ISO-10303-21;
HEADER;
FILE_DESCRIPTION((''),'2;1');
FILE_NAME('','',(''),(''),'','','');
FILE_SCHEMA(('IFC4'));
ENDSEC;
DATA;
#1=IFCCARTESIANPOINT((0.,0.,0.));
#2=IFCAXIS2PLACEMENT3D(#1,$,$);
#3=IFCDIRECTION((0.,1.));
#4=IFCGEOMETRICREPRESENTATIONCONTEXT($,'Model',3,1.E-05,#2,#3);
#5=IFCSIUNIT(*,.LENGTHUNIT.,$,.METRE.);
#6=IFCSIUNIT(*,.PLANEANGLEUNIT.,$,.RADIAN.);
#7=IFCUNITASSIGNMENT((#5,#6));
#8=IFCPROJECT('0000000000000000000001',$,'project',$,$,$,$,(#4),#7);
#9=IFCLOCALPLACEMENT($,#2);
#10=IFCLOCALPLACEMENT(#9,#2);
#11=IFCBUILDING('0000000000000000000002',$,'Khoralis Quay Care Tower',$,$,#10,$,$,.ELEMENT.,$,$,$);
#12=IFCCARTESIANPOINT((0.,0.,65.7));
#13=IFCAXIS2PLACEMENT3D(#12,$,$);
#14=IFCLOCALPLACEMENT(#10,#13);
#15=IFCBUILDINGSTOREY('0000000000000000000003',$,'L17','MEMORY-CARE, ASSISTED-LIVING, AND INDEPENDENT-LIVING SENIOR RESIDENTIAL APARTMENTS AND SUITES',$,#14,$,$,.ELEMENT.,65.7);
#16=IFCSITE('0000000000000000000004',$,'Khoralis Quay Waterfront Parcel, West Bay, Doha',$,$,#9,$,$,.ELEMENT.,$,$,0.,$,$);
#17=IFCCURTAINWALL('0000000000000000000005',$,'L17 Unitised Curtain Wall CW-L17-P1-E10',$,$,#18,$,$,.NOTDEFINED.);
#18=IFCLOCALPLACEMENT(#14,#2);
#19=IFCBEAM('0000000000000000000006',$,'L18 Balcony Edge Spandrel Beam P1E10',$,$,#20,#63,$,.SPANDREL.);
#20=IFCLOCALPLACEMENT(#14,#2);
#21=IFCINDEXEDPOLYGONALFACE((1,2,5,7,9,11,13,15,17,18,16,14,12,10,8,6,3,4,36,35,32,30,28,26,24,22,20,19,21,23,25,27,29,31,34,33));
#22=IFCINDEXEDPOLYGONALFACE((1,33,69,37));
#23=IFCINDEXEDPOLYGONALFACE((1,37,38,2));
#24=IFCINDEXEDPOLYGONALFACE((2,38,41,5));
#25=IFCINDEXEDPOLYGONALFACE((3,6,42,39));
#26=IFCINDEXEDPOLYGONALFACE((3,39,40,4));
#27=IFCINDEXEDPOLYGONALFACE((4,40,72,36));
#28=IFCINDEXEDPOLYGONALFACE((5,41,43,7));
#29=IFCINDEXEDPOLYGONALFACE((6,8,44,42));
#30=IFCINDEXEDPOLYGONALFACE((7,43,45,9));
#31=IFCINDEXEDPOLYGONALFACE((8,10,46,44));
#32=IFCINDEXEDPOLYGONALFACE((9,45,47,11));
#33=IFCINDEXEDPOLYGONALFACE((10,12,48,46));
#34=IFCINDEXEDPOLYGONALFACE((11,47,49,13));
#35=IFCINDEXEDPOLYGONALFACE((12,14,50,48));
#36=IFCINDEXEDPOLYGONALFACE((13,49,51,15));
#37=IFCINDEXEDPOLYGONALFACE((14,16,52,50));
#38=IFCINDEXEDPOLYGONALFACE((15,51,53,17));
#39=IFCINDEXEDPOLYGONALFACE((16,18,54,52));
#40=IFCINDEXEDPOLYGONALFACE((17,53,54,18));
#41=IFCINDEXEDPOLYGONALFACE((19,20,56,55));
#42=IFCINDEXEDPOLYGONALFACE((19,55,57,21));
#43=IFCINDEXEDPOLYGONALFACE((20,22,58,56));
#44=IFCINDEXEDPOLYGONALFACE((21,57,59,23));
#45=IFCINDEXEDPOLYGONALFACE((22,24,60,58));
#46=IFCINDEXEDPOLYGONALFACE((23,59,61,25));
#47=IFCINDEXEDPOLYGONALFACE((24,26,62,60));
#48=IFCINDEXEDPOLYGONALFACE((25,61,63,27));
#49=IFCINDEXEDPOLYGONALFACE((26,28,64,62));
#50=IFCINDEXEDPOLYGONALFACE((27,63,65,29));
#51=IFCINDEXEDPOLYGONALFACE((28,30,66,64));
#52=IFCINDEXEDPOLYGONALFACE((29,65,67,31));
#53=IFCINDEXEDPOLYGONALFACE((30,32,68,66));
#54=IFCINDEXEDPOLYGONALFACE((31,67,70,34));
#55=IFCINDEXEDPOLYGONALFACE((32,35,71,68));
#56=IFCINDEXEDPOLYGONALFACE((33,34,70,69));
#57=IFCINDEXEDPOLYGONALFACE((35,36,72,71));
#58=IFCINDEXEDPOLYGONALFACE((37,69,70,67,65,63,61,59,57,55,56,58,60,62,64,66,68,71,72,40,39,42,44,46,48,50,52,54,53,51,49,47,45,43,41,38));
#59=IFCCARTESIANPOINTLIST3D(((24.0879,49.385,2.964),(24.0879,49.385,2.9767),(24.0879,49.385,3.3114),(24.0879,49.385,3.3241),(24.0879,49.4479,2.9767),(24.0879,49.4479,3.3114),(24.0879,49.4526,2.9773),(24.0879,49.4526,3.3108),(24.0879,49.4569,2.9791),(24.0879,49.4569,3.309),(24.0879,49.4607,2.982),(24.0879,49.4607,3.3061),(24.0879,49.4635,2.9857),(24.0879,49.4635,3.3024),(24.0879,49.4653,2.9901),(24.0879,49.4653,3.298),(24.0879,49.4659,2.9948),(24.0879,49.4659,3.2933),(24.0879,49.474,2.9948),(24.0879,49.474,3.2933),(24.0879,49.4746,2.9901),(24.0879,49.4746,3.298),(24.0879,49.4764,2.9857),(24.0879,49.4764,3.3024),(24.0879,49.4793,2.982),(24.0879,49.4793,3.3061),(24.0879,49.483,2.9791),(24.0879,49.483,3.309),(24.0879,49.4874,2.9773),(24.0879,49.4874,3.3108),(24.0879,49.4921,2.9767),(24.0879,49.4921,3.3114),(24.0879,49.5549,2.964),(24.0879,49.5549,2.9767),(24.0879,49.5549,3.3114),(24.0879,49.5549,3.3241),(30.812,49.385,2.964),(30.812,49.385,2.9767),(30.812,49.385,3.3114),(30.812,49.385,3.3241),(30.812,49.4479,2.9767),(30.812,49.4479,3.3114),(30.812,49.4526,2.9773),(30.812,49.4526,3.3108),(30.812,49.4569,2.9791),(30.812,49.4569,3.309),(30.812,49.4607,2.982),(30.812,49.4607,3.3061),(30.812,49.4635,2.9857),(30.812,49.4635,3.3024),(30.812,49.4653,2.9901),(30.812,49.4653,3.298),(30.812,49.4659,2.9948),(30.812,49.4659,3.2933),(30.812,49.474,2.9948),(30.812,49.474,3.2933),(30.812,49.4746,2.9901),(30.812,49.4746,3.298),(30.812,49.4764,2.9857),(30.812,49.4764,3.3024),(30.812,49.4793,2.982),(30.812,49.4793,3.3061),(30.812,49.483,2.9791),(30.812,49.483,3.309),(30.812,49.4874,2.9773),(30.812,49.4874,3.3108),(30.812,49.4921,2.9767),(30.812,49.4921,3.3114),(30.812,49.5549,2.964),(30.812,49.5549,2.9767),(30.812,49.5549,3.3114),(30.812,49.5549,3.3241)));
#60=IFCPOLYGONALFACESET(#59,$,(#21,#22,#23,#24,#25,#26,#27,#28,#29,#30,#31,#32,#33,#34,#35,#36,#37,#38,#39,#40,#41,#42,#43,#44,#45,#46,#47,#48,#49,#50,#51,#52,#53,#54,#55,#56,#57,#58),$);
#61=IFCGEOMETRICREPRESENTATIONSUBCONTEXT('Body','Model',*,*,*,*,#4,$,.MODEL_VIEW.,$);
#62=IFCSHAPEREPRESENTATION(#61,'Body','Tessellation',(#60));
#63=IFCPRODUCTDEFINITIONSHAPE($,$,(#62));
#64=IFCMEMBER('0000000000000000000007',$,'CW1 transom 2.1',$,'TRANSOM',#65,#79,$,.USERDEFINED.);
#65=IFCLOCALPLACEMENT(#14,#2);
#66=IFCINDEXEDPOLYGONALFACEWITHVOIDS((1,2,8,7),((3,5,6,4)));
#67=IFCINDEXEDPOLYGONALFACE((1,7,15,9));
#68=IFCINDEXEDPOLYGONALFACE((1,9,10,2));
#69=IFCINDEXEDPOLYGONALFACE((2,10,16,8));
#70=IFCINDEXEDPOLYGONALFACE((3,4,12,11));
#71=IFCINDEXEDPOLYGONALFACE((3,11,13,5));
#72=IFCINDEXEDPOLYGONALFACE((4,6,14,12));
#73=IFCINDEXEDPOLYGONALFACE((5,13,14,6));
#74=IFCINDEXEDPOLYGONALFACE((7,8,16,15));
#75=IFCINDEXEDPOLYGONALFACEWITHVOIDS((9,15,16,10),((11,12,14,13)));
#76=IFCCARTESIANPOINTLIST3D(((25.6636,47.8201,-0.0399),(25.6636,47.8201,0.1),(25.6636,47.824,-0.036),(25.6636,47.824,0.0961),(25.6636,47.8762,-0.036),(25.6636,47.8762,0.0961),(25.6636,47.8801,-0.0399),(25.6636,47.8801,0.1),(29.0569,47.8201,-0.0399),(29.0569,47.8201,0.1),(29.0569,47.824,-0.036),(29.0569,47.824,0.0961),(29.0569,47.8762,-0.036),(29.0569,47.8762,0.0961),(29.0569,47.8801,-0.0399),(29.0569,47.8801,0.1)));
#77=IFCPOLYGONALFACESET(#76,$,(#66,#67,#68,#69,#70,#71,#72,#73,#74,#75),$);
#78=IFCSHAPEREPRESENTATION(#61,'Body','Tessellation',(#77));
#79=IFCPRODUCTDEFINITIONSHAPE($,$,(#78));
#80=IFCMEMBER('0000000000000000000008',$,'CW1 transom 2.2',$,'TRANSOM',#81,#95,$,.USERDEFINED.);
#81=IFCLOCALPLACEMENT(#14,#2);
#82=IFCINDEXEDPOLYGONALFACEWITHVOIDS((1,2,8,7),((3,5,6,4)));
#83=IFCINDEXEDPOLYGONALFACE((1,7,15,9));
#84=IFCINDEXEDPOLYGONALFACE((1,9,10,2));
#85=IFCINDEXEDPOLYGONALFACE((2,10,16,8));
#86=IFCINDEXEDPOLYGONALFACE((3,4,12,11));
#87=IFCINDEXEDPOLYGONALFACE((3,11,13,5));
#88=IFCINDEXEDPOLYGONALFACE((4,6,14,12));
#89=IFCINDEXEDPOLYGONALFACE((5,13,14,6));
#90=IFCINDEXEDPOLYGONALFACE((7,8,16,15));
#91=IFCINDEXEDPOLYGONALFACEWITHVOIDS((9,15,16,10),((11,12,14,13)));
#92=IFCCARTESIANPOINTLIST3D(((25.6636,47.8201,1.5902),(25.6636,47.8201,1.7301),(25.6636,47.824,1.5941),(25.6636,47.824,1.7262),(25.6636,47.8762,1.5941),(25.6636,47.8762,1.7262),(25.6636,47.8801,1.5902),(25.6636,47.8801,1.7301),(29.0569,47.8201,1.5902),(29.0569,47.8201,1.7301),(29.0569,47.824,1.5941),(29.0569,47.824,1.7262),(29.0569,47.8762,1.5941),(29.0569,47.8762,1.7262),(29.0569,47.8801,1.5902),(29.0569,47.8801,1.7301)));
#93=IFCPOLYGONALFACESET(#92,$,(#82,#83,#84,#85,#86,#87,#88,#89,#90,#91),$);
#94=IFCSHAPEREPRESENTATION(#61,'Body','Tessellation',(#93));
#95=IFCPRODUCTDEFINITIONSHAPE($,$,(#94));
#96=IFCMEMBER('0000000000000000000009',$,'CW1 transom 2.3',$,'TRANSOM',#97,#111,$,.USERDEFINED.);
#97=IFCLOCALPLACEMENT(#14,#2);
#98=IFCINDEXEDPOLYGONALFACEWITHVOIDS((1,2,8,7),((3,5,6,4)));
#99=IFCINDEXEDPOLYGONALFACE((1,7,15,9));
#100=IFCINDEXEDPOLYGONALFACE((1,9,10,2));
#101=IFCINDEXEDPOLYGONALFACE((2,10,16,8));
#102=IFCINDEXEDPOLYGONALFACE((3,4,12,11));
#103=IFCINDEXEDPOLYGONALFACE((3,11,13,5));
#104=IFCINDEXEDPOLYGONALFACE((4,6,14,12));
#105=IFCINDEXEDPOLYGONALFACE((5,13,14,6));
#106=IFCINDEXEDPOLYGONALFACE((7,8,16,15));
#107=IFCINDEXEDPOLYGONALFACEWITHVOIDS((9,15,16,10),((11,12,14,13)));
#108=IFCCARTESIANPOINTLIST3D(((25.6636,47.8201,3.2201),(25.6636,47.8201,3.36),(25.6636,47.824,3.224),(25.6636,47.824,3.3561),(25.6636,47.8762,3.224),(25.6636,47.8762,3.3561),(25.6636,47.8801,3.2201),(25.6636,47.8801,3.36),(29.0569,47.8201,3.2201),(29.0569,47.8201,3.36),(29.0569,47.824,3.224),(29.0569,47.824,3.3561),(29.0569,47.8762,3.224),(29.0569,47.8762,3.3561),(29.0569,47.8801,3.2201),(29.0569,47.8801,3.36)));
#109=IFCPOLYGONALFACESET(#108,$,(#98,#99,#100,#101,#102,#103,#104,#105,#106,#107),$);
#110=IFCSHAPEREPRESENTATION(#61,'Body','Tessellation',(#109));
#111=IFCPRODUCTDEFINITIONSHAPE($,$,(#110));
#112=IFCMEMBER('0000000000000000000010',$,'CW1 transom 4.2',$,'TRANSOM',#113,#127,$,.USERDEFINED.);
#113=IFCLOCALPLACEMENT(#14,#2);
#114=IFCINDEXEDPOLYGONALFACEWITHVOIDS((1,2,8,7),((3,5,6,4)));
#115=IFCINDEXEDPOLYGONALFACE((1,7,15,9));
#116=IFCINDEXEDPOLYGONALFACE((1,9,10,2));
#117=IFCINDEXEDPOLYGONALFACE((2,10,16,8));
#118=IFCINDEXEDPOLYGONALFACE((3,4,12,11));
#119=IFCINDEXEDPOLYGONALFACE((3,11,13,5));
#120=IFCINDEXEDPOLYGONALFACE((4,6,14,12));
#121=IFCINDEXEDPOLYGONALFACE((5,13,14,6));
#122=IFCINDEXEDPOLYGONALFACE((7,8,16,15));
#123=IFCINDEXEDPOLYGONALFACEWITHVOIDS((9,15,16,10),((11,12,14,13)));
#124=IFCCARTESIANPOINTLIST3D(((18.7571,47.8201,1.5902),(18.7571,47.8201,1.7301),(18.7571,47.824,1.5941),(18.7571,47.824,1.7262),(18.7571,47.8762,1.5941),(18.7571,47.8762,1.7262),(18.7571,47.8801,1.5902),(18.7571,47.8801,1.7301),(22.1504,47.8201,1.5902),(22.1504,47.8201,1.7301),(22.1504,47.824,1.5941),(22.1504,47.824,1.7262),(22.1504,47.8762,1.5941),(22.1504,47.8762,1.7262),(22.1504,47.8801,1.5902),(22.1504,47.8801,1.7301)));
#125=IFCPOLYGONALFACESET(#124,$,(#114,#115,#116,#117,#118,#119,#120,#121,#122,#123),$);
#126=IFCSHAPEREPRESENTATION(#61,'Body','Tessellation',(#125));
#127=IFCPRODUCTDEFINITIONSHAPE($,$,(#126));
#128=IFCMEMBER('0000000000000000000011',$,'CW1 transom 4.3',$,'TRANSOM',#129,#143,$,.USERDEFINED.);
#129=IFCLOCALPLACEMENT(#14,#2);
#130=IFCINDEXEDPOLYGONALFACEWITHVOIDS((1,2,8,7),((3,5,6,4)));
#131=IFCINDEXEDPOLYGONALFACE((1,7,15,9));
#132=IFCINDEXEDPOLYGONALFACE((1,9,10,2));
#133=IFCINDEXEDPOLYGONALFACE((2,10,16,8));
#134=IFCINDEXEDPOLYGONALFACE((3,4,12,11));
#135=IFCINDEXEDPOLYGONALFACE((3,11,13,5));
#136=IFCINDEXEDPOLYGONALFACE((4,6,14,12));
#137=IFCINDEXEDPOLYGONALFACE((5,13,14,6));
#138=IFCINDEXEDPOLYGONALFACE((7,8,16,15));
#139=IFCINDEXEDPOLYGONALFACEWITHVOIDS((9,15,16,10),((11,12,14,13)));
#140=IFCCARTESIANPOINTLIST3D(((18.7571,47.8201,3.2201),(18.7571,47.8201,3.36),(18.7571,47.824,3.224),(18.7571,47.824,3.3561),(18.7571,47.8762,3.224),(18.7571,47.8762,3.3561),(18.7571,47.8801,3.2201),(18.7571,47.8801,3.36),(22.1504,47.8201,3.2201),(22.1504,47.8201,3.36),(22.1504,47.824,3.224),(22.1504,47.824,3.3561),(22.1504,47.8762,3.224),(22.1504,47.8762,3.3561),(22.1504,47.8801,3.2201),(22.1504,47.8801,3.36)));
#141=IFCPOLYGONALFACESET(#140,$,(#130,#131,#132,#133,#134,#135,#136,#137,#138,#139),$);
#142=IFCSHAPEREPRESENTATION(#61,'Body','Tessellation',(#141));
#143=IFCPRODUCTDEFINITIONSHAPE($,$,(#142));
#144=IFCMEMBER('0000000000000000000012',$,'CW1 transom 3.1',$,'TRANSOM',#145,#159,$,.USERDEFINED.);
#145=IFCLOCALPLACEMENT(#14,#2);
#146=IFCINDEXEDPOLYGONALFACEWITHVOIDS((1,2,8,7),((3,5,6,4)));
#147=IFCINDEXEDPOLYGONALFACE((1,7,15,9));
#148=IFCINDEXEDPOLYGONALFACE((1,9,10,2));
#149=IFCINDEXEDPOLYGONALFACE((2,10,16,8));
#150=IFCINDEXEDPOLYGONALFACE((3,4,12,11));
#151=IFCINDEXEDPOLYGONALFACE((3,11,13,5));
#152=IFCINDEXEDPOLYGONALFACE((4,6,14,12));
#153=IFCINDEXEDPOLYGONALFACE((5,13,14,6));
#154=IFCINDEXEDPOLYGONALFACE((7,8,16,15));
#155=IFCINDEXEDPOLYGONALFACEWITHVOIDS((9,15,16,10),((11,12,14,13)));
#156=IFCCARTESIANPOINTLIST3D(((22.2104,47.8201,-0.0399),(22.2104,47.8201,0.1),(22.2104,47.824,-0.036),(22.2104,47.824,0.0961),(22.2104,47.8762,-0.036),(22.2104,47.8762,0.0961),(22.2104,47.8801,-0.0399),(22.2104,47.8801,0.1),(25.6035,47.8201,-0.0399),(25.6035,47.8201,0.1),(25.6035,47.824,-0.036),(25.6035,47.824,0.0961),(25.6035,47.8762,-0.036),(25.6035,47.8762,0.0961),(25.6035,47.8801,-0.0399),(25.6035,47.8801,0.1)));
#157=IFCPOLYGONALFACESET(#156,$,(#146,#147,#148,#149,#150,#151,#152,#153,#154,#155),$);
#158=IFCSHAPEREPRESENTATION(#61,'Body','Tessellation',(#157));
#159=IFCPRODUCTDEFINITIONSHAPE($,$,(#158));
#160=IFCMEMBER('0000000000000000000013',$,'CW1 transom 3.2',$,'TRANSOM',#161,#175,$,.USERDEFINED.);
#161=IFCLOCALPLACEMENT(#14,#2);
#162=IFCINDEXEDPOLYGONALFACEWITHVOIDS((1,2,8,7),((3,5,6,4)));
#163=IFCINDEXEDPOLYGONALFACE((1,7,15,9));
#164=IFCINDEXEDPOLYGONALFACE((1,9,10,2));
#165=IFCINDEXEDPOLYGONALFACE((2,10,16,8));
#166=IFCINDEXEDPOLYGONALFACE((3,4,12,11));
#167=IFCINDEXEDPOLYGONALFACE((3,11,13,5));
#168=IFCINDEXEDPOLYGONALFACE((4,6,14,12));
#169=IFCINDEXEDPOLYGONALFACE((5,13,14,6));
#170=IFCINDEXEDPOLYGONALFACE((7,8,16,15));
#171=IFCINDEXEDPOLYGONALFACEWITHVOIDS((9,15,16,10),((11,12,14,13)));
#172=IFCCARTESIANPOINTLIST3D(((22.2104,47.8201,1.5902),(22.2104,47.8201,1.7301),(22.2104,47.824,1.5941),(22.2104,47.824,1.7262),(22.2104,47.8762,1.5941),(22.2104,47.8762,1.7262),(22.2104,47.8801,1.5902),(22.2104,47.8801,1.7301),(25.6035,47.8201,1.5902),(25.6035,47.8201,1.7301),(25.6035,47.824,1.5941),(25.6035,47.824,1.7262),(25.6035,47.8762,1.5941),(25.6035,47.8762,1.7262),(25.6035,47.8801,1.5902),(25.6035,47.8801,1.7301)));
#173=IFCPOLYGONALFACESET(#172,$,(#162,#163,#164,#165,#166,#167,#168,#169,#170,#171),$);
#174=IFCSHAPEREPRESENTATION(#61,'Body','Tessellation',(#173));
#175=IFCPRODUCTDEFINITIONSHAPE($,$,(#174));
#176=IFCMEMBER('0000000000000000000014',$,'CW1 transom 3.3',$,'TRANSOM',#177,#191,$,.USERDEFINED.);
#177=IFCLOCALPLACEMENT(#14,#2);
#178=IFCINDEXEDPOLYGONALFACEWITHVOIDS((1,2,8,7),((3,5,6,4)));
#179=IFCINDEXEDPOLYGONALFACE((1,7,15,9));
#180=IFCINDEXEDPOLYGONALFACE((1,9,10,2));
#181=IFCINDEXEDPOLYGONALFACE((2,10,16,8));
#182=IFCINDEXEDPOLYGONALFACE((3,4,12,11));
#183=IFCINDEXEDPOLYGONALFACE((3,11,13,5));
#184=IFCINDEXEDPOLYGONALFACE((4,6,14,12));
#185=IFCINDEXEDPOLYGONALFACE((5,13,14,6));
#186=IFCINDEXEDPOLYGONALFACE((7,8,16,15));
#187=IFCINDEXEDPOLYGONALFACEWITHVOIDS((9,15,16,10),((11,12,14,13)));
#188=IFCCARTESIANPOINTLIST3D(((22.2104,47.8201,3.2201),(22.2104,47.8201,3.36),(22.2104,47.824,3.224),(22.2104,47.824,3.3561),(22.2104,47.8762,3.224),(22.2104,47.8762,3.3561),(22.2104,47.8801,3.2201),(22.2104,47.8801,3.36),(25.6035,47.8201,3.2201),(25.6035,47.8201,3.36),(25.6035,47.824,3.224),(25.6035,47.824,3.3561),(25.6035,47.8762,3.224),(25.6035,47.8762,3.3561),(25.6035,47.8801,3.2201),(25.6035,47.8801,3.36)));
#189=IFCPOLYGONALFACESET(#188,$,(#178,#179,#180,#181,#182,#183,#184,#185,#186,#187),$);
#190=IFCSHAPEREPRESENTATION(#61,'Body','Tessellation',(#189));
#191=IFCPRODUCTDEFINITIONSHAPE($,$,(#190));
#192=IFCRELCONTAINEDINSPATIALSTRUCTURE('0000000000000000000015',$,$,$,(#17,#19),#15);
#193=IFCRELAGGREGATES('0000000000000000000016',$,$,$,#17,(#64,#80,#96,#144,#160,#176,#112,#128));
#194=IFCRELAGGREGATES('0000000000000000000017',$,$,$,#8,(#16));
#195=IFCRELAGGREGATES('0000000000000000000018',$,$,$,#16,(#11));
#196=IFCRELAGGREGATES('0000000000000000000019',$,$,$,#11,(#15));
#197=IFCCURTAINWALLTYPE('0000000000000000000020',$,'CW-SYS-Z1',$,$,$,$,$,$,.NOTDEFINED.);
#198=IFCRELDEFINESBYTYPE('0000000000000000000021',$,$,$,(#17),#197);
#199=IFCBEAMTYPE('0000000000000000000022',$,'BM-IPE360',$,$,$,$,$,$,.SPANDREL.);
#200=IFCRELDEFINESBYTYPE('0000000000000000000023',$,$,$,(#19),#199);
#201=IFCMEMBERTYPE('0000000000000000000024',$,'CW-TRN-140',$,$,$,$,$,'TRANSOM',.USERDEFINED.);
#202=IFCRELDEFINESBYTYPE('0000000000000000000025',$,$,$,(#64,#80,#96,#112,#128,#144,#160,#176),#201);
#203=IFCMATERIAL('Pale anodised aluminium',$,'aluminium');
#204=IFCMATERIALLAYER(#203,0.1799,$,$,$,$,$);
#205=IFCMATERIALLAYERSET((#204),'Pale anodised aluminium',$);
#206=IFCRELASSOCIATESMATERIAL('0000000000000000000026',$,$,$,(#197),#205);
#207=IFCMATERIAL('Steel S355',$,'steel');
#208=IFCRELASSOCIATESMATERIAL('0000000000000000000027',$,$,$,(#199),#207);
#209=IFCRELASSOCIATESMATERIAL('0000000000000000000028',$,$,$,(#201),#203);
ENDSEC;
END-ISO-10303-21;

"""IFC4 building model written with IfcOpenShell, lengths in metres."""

from ifc_helpers import new_model, si_unit, direction, frame, origin, origin_2d, place, context, subcontext, project, spatial, hollow_rectangle, i_section, extrude, source, transform, mapped, material, layer, layer_set, material_profile, profile_set, type_object, element, aggregate, save


model = new_model("IFC4")

# Units and contexts
model_context = context("Model", 3, precision=1e-05, world=origin(), true_north=direction((0.0, 1.0)))
body_context = subcontext(model_context, "Body", "Model", "MODEL_VIEW")
ifc_project = project(units=[si_unit("LENGTHUNIT", "METRE"), si_unit("PLANEANGLEUNIT", "RADIAN")], contexts=[model_context])

# Site, building, storey
site_placement = place(None, origin())
site = spatial("IfcSite", under=ifc_project, at=site_placement, Name="Khoralis Quay Waterfront Parcel, West Bay, Doha", CompositionType="ELEMENT", RefElevation=0.0)
building_placement = place(site_placement, origin())
building = spatial("IfcBuilding", under=site, at=building_placement, Name="Khoralis Quay Care Tower", CompositionType="ELEMENT")
storey_placement = place(building_placement, frame((0.0, 0.0, 65.7)))
storey = spatial("IfcBuildingStorey", under=building, at=storey_placement, Name="L17", Description="MEMORY-CARE, ASSISTED-LIVING, AND INDEPENDENT-LIVING SENIOR RESIDENTIAL APARTMENTS AND SUITES", CompositionType="ELEMENT", Elevation=65.7)

# Shared definitions
ifc_material_1 = material(Name="Steel S355", Category="steel")

# Curtain wall
ifc_material_2 = material(Name="Pale anodised aluminium", Category="aluminium")
ifc_layer_1 = layer(ifc_material_2, 0.1799)
ifc_layer_set_1 = layer_set([ifc_layer_1], Name="Pale anodised aluminium")
curtain_wall_type = type_object("IfcCurtainWallType", Name="CW-SYS-Z1", PredefinedType="NOTDEFINED", material=ifc_layer_set_1)
curtain_wall_placement = place(storey_placement, origin())
curtain_wall = element("IfcCurtainWall", 1, at=curtain_wall_placement, inside=storey, type_object=curtain_wall_type, Name="L17 Unitised Curtain Wall CW-L17-P1-E10", PredefinedType="NOTDEFINED")

# Beam
ifc_material_profile_1 = material_profile(ifc_material_1, i_section(OverallWidth=0.1699, OverallDepth=0.3601, WebThickness=0.0081, FlangeThickness=0.0127, FilletRadius=0.0181, at=origin_2d()), Name="Steel S355")
ifc_profile_set_1 = profile_set([ifc_material_profile_1], Name="Steel S355")
beam_type_1 = type_object("IfcBeamType", Name="BM-IPE360", PredefinedType="SPANDREL", material=ifc_profile_set_1)
shared_shape_1 = source(origin(), body_context, "Body", "SweptSolid", [
    extrude(i_section(OverallWidth=0.1699, OverallDepth=0.3601, WebThickness=0.0081, FlangeThickness=0.0127, FilletRadius=0.0181, at=origin_2d()), origin(), (0.0, 0.0, 1.0), 6.7241),
])
beam_1_placement = place(storey_placement, frame((24.0879, 49.47, 3.144), z_axis=(1.0, 0.0, 0.0), x_axis=(0.0, 1.0, 0.0)))
element("IfcBeam", 2, at=beam_1_placement, inside=storey, type_object=beam_type_1, Name="L18 Balcony Edge Spandrel Beam P1E10", PredefinedType="SPANDREL", context=body_context, shape_type="MappedRepresentation", body=[
    mapped(shared_shape_1, transform((0.0, 0.0, 0.0), scale=1.0)),
])

# Members
ifc_material_profile_2 = material_profile(ifc_material_2, hollow_rectangle(XDim=0.0601, YDim=0.1399, WallThickness=0.0039, at=origin_2d()), Name="Pale anodised aluminium")
ifc_profile_set_2 = profile_set([ifc_material_profile_2], Name="Pale anodised aluminium")
member_type_1 = type_object("IfcMemberType", Name="CW-TRN-140", ElementType="TRANSOM", PredefinedType="USERDEFINED", material=ifc_profile_set_2)
shared_shape_2 = source(origin(), body_context, "Body", "SweptSolid", [
    extrude(hollow_rectangle(XDim=0.0601, YDim=0.1399, WallThickness=0.0039, at=origin_2d()), origin(), (0.0, 0.0, 1.0), 3.3933),
])
member_1_placement = place(storey_placement, frame((29.0569, 47.8501, 0.03), z_axis=(-1.0, 0.0, 0.0), x_axis=(0.0, -1.0, 0.0)))
member_1 = element("IfcMember", 3, at=member_1_placement, type_object=member_type_1, Name="CW1 transom 2.1", ObjectType="TRANSOM", PredefinedType="USERDEFINED", context=body_context, shape_type="MappedRepresentation", body=[
    mapped(shared_shape_2, transform((0.0, 0.0, 0.0), scale=1.0)),
])
member_2_placement = place(storey_placement, frame((29.0569, 47.8501, 1.6602), z_axis=(-1.0, 0.0, 0.0), x_axis=(0.0, -1.0, 0.0)))
member_2 = element("IfcMember", 4, at=member_2_placement, type_object=member_type_1, Name="CW1 transom 2.2", ObjectType="TRANSOM", PredefinedType="USERDEFINED", context=body_context, shape_type="MappedRepresentation", body=[
    mapped(shared_shape_2, transform((0.0, 0.0, 0.0), scale=1.0)),
])
member_3_placement = place(storey_placement, frame((29.0569, 47.8501, 3.29), z_axis=(-1.0, 0.0, 0.0), x_axis=(0.0, -1.0, 0.0)))
member_3 = element("IfcMember", 5, at=member_3_placement, type_object=member_type_1, Name="CW1 transom 2.3", ObjectType="TRANSOM", PredefinedType="USERDEFINED", context=body_context, shape_type="MappedRepresentation", body=[
    mapped(shared_shape_2, transform((0.0, 0.0, 0.0), scale=1.0)),
])
member_4_placement = place(storey_placement, frame((22.1504, 47.8501, 1.6602), z_axis=(-1.0, 0.0, 0.0), x_axis=(0.0, -1.0, 0.0)))
member_4 = element("IfcMember", 6, at=member_4_placement, type_object=member_type_1, Name="CW1 transom 4.2", ObjectType="TRANSOM", PredefinedType="USERDEFINED", context=body_context, shape_type="MappedRepresentation", body=[
    mapped(shared_shape_2, transform((0.0, 0.0, 0.0), scale=1.0)),
])
member_5_placement = place(storey_placement, frame((22.1504, 47.8501, 3.29), z_axis=(-1.0, 0.0, 0.0), x_axis=(0.0, -1.0, 0.0)))
member_5 = element("IfcMember", 7, at=member_5_placement, type_object=member_type_1, Name="CW1 transom 4.3", ObjectType="TRANSOM", PredefinedType="USERDEFINED", context=body_context, shape_type="MappedRepresentation", body=[
    mapped(shared_shape_2, transform((0.0, 0.0, 0.0), scale=1.0)),
])
shared_shape_3 = source(origin(), body_context, "Body", "SweptSolid", [
    extrude(hollow_rectangle(XDim=0.0601, YDim=0.1399, WallThickness=0.0039, at=origin_2d()), origin(), (0.0, 0.0, 1.0), 3.3931),
])
member_6_placement = place(storey_placement, frame((25.6035, 47.8501, 0.03), z_axis=(-1.0, 0.0, 0.0), x_axis=(0.0, -1.0, 0.0)))
member_6 = element("IfcMember", 8, at=member_6_placement, type_object=member_type_1, Name="CW1 transom 3.1", ObjectType="TRANSOM", PredefinedType="USERDEFINED", context=body_context, shape_type="MappedRepresentation", body=[
    mapped(shared_shape_3, transform((0.0, 0.0, 0.0), scale=1.0)),
])
member_7_placement = place(storey_placement, frame((25.6035, 47.8501, 1.6602), z_axis=(-1.0, 0.0, 0.0), x_axis=(0.0, -1.0, 0.0)))
member_7 = element("IfcMember", 9, at=member_7_placement, type_object=member_type_1, Name="CW1 transom 3.2", ObjectType="TRANSOM", PredefinedType="USERDEFINED", context=body_context, shape_type="MappedRepresentation", body=[
    mapped(shared_shape_3, transform((0.0, 0.0, 0.0), scale=1.0)),
])
member_8_placement = place(storey_placement, frame((25.6035, 47.8501, 3.29), z_axis=(-1.0, 0.0, 0.0), x_axis=(0.0, -1.0, 0.0)))
member_8 = element("IfcMember", 10, at=member_8_placement, type_object=member_type_1, Name="CW1 transom 3.3", ObjectType="TRANSOM", PredefinedType="USERDEFINED", context=body_context, shape_type="MappedRepresentation", body=[
    mapped(shared_shape_3, transform((0.0, 0.0, 0.0), scale=1.0)),
])

aggregate(curtain_wall, [member_1, member_2, member_3, member_6, member_7, member_8, member_4, member_5])

save(model, "model.ifc")
